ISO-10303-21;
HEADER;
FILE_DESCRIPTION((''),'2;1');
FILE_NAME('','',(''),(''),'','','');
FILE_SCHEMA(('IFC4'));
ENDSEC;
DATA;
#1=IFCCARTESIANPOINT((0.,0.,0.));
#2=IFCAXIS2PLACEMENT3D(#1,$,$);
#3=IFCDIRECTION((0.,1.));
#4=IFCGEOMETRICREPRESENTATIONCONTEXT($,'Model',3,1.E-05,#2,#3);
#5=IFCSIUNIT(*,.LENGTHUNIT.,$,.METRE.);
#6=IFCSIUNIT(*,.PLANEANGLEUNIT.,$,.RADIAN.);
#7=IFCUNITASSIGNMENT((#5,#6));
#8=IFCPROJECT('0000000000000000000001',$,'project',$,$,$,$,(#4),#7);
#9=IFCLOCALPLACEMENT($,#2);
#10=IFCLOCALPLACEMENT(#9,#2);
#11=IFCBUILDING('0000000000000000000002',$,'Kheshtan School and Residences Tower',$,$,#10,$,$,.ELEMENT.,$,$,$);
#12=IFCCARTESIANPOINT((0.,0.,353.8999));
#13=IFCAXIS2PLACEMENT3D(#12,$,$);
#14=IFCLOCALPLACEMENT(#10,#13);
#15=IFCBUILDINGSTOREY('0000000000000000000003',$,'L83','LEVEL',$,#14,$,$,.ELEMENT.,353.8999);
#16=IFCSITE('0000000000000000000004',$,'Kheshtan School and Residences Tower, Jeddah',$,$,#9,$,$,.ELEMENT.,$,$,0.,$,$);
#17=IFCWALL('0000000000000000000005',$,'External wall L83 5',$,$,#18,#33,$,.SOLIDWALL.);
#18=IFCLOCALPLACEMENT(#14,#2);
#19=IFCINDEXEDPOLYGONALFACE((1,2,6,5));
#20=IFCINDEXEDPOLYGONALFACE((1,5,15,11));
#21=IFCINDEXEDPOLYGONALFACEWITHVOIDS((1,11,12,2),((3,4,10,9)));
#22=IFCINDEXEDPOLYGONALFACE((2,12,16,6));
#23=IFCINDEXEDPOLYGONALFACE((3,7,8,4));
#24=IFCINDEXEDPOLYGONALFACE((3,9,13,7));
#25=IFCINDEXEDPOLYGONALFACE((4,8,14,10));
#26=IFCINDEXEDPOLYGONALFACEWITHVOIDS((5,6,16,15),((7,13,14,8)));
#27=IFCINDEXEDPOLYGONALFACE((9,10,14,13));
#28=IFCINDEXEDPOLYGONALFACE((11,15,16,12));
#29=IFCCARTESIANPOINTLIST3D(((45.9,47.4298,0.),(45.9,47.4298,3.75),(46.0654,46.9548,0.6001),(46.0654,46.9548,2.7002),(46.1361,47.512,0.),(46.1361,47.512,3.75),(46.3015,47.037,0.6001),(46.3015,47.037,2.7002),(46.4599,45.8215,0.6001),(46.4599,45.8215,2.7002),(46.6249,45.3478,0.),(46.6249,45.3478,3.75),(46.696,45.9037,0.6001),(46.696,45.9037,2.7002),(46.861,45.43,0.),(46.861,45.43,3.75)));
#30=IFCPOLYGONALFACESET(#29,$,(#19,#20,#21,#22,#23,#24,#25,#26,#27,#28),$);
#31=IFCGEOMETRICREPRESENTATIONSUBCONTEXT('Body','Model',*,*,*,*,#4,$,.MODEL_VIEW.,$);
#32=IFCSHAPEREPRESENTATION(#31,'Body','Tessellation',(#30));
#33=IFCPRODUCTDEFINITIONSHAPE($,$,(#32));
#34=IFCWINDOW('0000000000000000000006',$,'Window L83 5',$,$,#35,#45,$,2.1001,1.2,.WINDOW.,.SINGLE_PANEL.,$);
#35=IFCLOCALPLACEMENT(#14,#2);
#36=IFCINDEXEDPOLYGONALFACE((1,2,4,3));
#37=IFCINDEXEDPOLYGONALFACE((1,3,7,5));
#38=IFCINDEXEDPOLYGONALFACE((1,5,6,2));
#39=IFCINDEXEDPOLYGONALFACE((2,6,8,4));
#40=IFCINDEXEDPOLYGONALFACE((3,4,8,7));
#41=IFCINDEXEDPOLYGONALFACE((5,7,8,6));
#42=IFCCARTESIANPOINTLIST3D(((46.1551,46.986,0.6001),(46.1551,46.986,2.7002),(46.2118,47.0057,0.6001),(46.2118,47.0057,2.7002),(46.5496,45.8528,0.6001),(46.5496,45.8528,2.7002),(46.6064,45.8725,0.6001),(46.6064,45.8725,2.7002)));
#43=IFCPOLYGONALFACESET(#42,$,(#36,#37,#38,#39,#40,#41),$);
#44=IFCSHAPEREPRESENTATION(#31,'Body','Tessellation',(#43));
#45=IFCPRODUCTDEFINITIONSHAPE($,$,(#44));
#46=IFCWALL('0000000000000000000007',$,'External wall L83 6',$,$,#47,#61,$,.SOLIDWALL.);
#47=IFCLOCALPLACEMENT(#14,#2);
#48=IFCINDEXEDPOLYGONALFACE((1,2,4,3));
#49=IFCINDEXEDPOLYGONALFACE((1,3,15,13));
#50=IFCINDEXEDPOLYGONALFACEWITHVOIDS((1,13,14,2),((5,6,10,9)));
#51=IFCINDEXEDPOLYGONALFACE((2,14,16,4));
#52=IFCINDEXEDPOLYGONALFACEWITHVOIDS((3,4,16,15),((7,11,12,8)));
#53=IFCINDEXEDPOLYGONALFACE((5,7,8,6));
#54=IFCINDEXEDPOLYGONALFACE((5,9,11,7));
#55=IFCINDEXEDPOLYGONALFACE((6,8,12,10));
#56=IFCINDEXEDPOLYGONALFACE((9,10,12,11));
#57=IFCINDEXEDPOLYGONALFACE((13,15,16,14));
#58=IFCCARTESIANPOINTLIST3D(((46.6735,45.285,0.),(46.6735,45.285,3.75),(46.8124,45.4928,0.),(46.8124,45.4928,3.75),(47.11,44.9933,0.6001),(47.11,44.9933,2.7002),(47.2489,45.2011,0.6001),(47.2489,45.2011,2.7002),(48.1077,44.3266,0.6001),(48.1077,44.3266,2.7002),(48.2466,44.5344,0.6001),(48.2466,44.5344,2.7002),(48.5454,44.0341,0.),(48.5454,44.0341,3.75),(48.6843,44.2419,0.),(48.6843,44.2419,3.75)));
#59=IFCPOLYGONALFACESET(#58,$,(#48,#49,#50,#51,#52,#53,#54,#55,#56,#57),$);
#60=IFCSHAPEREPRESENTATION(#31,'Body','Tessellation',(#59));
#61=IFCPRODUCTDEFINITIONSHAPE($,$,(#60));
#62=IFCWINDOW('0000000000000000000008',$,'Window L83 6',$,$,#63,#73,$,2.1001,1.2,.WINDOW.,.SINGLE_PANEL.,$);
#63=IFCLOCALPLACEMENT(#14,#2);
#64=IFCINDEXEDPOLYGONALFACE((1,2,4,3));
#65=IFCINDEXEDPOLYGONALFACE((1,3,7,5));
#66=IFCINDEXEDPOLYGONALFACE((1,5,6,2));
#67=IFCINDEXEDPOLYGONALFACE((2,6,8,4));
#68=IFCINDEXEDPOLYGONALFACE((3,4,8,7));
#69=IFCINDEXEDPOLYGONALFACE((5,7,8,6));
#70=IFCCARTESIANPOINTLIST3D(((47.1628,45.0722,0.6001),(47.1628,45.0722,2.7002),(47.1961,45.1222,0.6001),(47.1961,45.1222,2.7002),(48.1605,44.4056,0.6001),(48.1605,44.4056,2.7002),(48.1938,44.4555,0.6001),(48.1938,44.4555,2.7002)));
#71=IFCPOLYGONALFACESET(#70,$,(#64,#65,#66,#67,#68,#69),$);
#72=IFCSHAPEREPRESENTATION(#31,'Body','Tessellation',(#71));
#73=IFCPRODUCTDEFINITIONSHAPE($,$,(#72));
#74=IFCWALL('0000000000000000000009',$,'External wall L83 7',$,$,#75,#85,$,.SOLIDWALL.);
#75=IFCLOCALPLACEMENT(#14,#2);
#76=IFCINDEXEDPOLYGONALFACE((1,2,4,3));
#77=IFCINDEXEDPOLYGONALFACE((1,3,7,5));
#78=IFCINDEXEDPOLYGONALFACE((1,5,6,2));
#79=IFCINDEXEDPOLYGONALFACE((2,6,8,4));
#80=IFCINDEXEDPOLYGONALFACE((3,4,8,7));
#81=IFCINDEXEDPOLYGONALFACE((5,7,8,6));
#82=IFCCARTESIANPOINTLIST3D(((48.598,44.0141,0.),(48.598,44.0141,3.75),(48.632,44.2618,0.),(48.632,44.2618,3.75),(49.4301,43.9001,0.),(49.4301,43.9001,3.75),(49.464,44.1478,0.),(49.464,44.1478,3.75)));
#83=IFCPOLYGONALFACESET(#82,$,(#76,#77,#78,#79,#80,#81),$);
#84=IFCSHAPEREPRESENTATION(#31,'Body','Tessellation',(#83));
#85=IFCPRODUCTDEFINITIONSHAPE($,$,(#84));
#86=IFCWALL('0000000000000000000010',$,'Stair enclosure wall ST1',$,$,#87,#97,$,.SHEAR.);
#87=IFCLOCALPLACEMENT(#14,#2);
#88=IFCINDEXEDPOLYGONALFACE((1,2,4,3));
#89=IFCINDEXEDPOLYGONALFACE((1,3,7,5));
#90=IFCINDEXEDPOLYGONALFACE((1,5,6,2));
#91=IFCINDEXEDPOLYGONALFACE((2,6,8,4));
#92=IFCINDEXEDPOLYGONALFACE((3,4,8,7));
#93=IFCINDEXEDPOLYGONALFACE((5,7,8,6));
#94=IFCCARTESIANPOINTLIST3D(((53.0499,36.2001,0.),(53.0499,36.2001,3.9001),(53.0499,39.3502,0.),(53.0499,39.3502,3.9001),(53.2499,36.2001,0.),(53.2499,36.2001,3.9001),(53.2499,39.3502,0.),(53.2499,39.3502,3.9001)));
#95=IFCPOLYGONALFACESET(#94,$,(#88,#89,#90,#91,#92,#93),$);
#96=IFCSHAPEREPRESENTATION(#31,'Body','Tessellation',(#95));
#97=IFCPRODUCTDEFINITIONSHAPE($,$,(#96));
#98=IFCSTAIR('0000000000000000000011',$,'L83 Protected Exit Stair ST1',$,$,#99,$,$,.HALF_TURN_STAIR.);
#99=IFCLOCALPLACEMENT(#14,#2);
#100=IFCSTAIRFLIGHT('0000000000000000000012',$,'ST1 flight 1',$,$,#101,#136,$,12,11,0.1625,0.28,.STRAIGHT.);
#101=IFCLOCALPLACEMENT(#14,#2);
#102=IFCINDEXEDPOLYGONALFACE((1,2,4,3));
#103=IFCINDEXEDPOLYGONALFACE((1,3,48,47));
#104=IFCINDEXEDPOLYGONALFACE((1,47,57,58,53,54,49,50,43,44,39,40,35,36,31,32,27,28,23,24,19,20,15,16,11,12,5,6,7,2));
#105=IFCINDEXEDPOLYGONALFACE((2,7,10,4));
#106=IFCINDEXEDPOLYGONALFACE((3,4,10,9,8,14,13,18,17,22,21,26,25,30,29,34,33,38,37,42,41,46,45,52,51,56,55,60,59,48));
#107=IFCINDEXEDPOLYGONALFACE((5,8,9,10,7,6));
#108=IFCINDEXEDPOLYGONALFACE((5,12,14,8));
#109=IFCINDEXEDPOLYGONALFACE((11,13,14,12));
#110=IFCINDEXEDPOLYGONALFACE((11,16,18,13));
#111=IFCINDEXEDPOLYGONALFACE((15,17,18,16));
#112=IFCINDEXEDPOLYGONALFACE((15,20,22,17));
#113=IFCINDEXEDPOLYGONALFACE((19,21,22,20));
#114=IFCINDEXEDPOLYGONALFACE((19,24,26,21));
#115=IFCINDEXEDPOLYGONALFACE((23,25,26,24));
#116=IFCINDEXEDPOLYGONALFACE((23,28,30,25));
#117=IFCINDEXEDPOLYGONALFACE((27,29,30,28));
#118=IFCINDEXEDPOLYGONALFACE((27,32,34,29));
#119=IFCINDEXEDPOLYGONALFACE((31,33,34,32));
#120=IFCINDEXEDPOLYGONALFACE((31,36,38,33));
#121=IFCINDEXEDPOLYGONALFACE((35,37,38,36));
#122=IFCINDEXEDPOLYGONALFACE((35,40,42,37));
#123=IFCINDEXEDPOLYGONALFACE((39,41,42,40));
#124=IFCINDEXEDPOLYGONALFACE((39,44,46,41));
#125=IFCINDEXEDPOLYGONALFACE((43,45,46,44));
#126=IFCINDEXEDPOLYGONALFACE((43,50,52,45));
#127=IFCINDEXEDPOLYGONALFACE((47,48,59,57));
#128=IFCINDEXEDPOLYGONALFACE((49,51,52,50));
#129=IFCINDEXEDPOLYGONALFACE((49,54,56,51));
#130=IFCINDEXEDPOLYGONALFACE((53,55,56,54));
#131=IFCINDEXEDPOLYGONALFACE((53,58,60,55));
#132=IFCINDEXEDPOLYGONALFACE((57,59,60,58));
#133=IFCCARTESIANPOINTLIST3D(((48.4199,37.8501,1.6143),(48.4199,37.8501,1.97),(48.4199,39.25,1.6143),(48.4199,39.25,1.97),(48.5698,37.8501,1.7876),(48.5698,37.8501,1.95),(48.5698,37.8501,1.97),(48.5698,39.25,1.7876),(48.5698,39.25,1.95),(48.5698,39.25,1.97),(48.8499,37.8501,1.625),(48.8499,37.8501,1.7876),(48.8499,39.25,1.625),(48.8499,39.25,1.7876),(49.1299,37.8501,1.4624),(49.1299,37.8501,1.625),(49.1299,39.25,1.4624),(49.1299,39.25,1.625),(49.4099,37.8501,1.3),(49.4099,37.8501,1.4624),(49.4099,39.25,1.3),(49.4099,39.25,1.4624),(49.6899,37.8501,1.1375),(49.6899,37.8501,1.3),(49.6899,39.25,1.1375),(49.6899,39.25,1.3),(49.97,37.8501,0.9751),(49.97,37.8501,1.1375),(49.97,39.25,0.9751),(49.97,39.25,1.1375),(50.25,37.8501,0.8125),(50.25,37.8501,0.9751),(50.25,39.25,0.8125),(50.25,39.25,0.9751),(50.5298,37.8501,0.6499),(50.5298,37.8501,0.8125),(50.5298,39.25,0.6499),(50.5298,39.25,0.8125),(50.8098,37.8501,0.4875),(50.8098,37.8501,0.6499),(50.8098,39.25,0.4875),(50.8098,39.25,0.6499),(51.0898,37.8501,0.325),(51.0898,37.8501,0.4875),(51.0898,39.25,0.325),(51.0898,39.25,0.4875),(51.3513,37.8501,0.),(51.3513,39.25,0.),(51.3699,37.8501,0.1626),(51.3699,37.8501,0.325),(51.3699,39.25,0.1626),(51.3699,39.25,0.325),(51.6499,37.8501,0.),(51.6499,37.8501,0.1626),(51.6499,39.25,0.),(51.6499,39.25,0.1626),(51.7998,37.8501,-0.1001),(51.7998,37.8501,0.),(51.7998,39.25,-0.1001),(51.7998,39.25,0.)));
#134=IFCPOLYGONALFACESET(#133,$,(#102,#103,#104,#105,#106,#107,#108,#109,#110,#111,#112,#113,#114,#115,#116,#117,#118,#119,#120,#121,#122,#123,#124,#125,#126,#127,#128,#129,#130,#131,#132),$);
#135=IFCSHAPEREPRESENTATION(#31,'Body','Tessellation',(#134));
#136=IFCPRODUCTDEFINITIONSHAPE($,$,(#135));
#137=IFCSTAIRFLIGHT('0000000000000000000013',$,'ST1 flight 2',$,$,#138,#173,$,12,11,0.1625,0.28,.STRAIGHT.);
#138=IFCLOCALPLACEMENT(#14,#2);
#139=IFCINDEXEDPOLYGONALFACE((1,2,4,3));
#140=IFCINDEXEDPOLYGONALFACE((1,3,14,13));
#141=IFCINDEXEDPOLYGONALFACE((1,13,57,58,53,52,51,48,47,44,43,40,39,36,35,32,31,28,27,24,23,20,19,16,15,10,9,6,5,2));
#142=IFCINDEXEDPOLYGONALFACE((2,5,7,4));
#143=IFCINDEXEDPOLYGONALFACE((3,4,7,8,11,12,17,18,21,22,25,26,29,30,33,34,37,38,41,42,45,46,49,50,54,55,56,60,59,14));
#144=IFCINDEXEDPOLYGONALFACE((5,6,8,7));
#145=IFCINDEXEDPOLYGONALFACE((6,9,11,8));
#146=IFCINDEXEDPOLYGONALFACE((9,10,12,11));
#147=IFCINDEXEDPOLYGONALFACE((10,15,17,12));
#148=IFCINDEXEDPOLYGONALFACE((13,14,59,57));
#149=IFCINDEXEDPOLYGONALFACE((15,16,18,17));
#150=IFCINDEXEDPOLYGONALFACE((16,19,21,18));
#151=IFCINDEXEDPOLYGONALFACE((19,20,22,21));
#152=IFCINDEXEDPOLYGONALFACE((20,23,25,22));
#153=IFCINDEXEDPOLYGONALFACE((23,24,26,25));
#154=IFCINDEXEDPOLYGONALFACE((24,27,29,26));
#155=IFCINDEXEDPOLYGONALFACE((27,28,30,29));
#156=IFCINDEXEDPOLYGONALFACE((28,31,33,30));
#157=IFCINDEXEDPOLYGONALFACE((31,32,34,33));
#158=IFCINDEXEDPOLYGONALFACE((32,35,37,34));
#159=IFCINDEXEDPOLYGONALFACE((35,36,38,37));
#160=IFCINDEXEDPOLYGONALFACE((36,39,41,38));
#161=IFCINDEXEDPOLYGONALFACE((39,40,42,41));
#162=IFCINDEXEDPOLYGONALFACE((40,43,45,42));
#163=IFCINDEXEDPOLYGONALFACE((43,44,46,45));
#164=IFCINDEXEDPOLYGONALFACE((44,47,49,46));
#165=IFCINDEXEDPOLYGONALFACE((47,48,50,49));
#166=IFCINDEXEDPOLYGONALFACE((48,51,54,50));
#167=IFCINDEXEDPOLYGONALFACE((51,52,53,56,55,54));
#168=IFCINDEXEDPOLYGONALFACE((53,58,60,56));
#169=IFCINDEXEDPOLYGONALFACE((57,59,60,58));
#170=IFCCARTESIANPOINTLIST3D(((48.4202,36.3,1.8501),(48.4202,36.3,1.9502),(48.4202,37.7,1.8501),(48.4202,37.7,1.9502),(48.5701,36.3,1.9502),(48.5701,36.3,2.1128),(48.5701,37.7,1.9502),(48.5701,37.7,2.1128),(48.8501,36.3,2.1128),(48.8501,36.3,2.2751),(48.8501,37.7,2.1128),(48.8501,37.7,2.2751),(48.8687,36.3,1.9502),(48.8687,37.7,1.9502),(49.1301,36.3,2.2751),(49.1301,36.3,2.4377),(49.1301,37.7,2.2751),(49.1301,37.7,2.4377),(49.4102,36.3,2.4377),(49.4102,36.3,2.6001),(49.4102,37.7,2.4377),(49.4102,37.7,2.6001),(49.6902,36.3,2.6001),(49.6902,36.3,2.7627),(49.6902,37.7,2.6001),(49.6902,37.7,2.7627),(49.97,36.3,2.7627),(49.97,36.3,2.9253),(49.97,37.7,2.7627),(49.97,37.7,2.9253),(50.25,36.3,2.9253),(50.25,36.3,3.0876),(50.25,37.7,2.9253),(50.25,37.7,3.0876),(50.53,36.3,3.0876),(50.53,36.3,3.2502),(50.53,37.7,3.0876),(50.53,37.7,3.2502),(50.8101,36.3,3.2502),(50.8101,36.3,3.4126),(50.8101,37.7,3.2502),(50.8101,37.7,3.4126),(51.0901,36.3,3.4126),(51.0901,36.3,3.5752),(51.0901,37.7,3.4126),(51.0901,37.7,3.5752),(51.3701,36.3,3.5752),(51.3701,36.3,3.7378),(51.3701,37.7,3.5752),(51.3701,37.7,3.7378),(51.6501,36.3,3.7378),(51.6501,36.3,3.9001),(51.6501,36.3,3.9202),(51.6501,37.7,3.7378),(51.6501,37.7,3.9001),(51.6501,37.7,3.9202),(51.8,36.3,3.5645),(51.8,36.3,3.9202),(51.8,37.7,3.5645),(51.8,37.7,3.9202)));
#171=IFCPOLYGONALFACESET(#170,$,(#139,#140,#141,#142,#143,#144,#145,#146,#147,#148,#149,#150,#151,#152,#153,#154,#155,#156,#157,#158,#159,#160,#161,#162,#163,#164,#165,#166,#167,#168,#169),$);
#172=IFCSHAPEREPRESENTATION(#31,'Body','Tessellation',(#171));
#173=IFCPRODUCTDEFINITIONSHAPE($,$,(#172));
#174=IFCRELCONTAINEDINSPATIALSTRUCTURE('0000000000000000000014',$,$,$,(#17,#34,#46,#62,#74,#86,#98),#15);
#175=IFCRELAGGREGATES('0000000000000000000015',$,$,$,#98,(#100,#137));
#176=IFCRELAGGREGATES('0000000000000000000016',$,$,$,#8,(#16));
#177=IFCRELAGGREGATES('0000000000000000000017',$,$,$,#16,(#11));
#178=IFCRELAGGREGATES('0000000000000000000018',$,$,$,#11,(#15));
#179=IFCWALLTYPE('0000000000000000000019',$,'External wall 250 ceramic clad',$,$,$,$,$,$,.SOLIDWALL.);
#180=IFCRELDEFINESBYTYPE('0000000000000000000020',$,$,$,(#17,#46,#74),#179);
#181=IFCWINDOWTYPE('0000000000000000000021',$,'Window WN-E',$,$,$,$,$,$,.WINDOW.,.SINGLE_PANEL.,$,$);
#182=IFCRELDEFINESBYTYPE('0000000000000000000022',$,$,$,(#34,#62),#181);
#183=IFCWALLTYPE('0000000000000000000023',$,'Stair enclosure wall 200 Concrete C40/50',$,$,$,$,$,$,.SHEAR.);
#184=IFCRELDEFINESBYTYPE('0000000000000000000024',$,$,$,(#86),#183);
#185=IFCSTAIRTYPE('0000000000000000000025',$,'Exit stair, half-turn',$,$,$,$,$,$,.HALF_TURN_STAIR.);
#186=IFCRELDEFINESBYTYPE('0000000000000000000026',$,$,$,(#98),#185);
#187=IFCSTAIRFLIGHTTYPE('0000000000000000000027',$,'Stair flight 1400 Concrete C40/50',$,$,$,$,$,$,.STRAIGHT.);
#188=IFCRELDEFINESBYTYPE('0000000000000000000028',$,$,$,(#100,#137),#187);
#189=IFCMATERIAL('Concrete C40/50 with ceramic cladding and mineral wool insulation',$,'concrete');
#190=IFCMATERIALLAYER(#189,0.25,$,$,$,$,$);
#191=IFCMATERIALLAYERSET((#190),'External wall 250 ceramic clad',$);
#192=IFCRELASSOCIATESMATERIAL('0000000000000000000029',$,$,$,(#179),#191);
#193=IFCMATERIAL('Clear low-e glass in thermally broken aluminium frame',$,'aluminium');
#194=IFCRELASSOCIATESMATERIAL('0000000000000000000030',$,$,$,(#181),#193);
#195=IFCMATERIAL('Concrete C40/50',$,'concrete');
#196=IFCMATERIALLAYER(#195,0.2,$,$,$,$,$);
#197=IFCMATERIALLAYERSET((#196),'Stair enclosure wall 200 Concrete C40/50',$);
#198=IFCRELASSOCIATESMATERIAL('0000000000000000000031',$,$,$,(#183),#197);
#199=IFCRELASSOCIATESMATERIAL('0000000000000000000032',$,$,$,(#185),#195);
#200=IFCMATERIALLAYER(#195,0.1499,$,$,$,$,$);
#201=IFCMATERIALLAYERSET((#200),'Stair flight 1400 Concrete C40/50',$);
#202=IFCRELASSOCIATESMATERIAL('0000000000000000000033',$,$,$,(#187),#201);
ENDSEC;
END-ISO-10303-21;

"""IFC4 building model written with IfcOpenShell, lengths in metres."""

from ifc_helpers import new_model, si_unit, direction, frame, frame_2d, origin, place, context, subcontext, project, spatial, polyline, rectangle, outline, extrude, source, transform, mapped, material, layer, layer_set, type_object, element, fill, aggregate, save


model = new_model("IFC4")

# Units and contexts
model_context = context("Model", 3, precision=1e-05, world=origin(), true_north=direction((0.0, 1.0)))
body_context = subcontext(model_context, "Body", "Model", "MODEL_VIEW")
ifc_project = project(units=[si_unit("LENGTHUNIT", "METRE"), si_unit("PLANEANGLEUNIT", "RADIAN")], contexts=[model_context])

# Site, building, storey
site_placement = place(None, origin())
site = spatial("IfcSite", under=ifc_project, at=site_placement, Name="Kheshtan School and Residences Tower, Jeddah", CompositionType="ELEMENT", RefElevation=0.0)
building_placement = place(site_placement, origin())
building = spatial("IfcBuilding", under=site, at=building_placement, Name="Kheshtan School and Residences Tower", CompositionType="ELEMENT")
storey_placement = place(building_placement, frame((0.0, 0.0, 353.8999)))
storey = spatial("IfcBuildingStorey", under=building, at=storey_placement, Name="L83", Description="LEVEL", CompositionType="ELEMENT", Elevation=353.8999)

# Shared definitions
ifc_material_1 = material(Name="Clear low-e glass in thermally broken aluminium frame", Category="aluminium")

# Walls, openings, windows
ifc_material_2 = material(Name="Concrete C40/50 with ceramic cladding and mineral wool insulation", Category="concrete")
ifc_layer_1 = layer(ifc_material_2, 0.25)
ifc_layer_set_1 = layer_set([ifc_layer_1], Name="External wall 250 ceramic clad")
wall_type_1 = type_object("IfcWallType", Name="External wall 250 ceramic clad", PredefinedType="SOLIDWALL", material=ifc_layer_set_1)
wall_1_placement = place(storey_placement, frame((46.0181, 47.4709, 0.0), z_axis=(0.0, 0.0, 1.0), x_axis=(0.328791, -0.944403, 0.0)))
wall_1 = element("IfcWall", 1, at=wall_1_placement, inside=storey, type_object=wall_type_1, Name="External wall L83 5", PredefinedType="SOLIDWALL", context=body_context, shape_type="SweptSolid", body=[
    extrude(rectangle(XDim=2.2046, YDim=0.25, at=frame_2d((1.1023, 0.0))), origin(), (0.0, 0.0, 1.0), 3.75),
])
opening_1_placement = place(wall_1_placement, frame((0.5029, 0.0, 0.6001)))
opening_1 = element("IfcOpeningElement", 2, at=opening_1_placement, cuts=wall_1, PredefinedType="OPENING", context=body_context, shape_type="SweptSolid", body=[
    extrude(rectangle(XDim=1.2, YDim=2.1001, at=frame_2d((0.6001, 1.05))), frame((0.0, 0.135, 0.0), z_axis=(0.0, -1.0, 0.0), x_axis=(1.0, 0.0, 0.0)), (0.0, 0.0, 1.0), 0.27),
])
window_type = type_object("IfcWindowType", Name="Window WN-E", PartitioningType="SINGLE_PANEL", PredefinedType="WINDOW", material=ifc_material_1)
shared_shape_1 = source(origin(), body_context, "Body", "SweptSolid", [
    extrude(rectangle(XDim=1.2, YDim=2.1001, at=frame_2d((0.6001, 1.05))), frame((0.0, 0.03, 0.0), z_axis=(0.0, -1.0, 0.0), x_axis=(1.0, 0.0, 0.0)), (0.0, 0.0, 1.0), 0.0601),
])
window_1_placement = place(opening_1_placement, origin())
window_1 = element("IfcWindow", 3, at=window_1_placement, inside=storey, type_object=window_type, Name="Window L83 5", OverallHeight=2.1001, OverallWidth=1.2, PartitioningType="SINGLE_PANEL", PredefinedType="WINDOW", context=body_context, shape_type="MappedRepresentation", body=[
    mapped(shared_shape_1, transform((0.0, 0.0, 0.0), x_axis=(1.0, 0.0, 0.0), y_axis=(0.0, 1.0, 0.0), z_axis=(0.0, 0.0, 1.0), scale=1.0)),
])
fill(opening_1, window_1)
wall_2_placement = place(storey_placement, frame((46.7429, 45.3889, 0.0), z_axis=(0.0, 0.0, 1.0), x_axis=(0.831449, -0.555601, 0.0)))
wall_2 = element("IfcWall", 4, at=wall_2_placement, inside=storey, type_object=wall_type_1, Name="External wall L83 6", PredefinedType="SOLIDWALL", context=body_context, shape_type="SweptSolid", body=[
    extrude(rectangle(XDim=2.2515, YDim=0.25, at=frame_2d((1.1257, 0.0))), origin(), (0.0, 0.0, 1.0), 3.75),
])
opening_2_placement = place(wall_2_placement, frame((0.5249, 0.0, 0.6001)))
opening_2 = element("IfcOpeningElement", 5, at=opening_2_placement, cuts=wall_2, PredefinedType="OPENING", context=body_context, shape_type="SweptSolid", body=[
    extrude(rectangle(XDim=1.2, YDim=2.1001, at=frame_2d((0.6001, 1.05))), frame((0.0, 0.135, 0.0), z_axis=(0.0, -1.0, 0.0), x_axis=(1.0, 0.0, 0.0)), (0.0, 0.0, 1.0), 0.27),
])
window_2_placement = place(opening_2_placement, origin())
window_2 = element("IfcWindow", 6, at=window_2_placement, inside=storey, type_object=window_type, Name="Window L83 6", OverallHeight=2.1001, OverallWidth=1.2, PartitioningType="SINGLE_PANEL", PredefinedType="WINDOW", context=body_context, shape_type="MappedRepresentation", body=[
    mapped(shared_shape_1, transform((0.0, 0.0, 0.0), x_axis=(1.0, 0.0, 0.0), y_axis=(0.0, 1.0, 0.0), z_axis=(0.0, 0.0, 1.0), scale=1.0)),
])
fill(opening_2, window_2)

# Wall
wall_3_placement = place(storey_placement, frame((48.615, 44.1379, 0.0), z_axis=(0.0, 0.0, 1.0), x_axis=(0.990742, -0.135762, 0.0)))
element("IfcWall", 7, at=wall_3_placement, inside=storey, type_object=wall_type_1, Name="External wall L83 7", PredefinedType="SOLIDWALL", context=body_context, shape_type="SweptSolid", body=[
    extrude(rectangle(XDim=0.8398, YDim=0.25, at=frame_2d((0.4199, 0.0))), origin(), (0.0, 0.0, 1.0), 3.75),
])

# Wall
ifc_material_3 = material(Name="Concrete C40/50", Category="concrete")
ifc_layer_2 = layer(ifc_material_3, 0.2)
ifc_layer_set_2 = layer_set([ifc_layer_2], Name="Stair enclosure wall 200 Concrete C40/50")
wall_type_2 = type_object("IfcWallType", Name="Stair enclosure wall 200 Concrete C40/50", PredefinedType="SHEAR", material=ifc_layer_set_2)
wall_4_placement = place(storey_placement, frame((53.1499, 36.2, 0.0), z_axis=(0.0, 0.0, 1.0), x_axis=(0.0, 1.0, 0.0)))
element("IfcWall", 8, at=wall_4_placement, inside=storey, type_object=wall_type_2, Name="Stair enclosure wall ST1", PredefinedType="SHEAR", context=body_context, shape_type="SweptSolid", body=[
    extrude(rectangle(XDim=3.1501, YDim=0.2, at=frame_2d((1.5752, 0.0))), origin(), (0.0, 0.0, 1.0), 3.9001),
])

# Stair, stair flights
stair_type = type_object("IfcStairType", Name="Exit stair, half-turn", PredefinedType="HALF_TURN_STAIR", material=ifc_material_3)
stair_placement = place(storey_placement, origin())
stair = element("IfcStair", 9, at=stair_placement, inside=storey, type_object=stair_type, Name="L83 Protected Exit Stair ST1", PredefinedType="HALF_TURN_STAIR")
ifc_layer_3 = layer(ifc_material_3, 0.1499)
ifc_layer_set_3 = layer_set([ifc_layer_3], Name="Stair flight 1400 Concrete C40/50")
stair_flight_type = type_object("IfcStairFlightType", Name="Stair flight 1400 Concrete C40/50", PredefinedType="STRAIGHT", material=ifc_layer_set_3)
stair_flight_1_placement = place(storey_placement, frame((51.6499, 38.55, 0.0), z_axis=(0.0, 0.0, 1.0), x_axis=(-1.0, 0.0, 0.0)))
stair_flight_1 = element("IfcStairFlight", 10, at=stair_flight_1_placement, type_object=stair_flight_type, Name="ST1 flight 1", NumberOfRisers=12, NumberOfTreads=11, PredefinedType="STRAIGHT", RiserHeight=0.1625, TreadLength=0.28, context=body_context, shape_type="SweptSolid", body=[
    extrude(outline(polyline([(-0.1499, -0.1001), (-0.1499, 0.0), (0.0, 0.0), (0.0, 0.1626), (0.28, 0.1626), (0.28, 0.325), (0.5601, 0.325), (0.5601, 0.4875), (0.8401, 0.4875), (0.8401, 0.6499), (1.1201, 0.6499), (1.1201, 0.8125), (1.3999, 0.8125), (1.3999, 0.9751), (1.6799, 0.9751), (1.6799, 1.1375), (1.96, 1.1375), (1.96, 1.3), (2.24, 1.3), (2.24, 1.4624), (2.52, 1.4624), (2.52, 1.625), (2.8, 1.625), (2.8, 1.7876), (3.0801, 1.7876), (3.0801, 1.95), (3.0801, 1.97), (3.23, 1.97), (3.23, 1.6143), (0.2986, 0.0), (-0.1499, -0.1001)])), frame((0.0, 0.7, 0.0), z_axis=(0.0, -1.0, 0.0), x_axis=(1.0, 0.0, 0.0)), (0.0, 0.0, 1.0), 1.3999),
])
stair_flight_2_placement = place(storey_placement, frame((48.5701, 37.0, 1.9502), z_axis=(0.0, 0.0, 1.0), x_axis=(1.0, 0.0, 0.0)))
stair_flight_2 = element("IfcStairFlight", 11, at=stair_flight_2_placement, type_object=stair_flight_type, Name="ST1 flight 2", NumberOfRisers=12, NumberOfTreads=11, PredefinedType="STRAIGHT", RiserHeight=0.1625, TreadLength=0.28, context=body_context, shape_type="SweptSolid", body=[
    extrude(outline(polyline([(-0.1499, -0.1001), (-0.1499, 0.0), (0.0, 0.0), (0.0, 0.1626), (0.28, 0.1626), (0.28, 0.325), (0.5601, 0.325), (0.5601, 0.4875), (0.8401, 0.4875), (0.8401, 0.6499), (1.1201, 0.6499), (1.1201, 0.8125), (1.3999, 0.8125), (1.3999, 0.9751), (1.6799, 0.9751), (1.6799, 1.1375), (1.96, 1.1375), (1.96, 1.3), (2.24, 1.3), (2.24, 1.4624), (2.52, 1.4624), (2.52, 1.625), (2.8, 1.625), (2.8, 1.7876), (3.0801, 1.7876), (3.0801, 1.95), (3.0801, 1.97), (3.23, 1.97), (3.23, 1.6143), (0.2986, 0.0), (-0.1499, -0.1001)])), frame((0.0, 0.7, 0.0), z_axis=(0.0, -1.0, 0.0), x_axis=(1.0, 0.0, 0.0)), (0.0, 0.0, 1.0), 1.3999),
])
aggregate(stair, [stair_flight_1, stair_flight_2])

save(model, "model.ifc")
